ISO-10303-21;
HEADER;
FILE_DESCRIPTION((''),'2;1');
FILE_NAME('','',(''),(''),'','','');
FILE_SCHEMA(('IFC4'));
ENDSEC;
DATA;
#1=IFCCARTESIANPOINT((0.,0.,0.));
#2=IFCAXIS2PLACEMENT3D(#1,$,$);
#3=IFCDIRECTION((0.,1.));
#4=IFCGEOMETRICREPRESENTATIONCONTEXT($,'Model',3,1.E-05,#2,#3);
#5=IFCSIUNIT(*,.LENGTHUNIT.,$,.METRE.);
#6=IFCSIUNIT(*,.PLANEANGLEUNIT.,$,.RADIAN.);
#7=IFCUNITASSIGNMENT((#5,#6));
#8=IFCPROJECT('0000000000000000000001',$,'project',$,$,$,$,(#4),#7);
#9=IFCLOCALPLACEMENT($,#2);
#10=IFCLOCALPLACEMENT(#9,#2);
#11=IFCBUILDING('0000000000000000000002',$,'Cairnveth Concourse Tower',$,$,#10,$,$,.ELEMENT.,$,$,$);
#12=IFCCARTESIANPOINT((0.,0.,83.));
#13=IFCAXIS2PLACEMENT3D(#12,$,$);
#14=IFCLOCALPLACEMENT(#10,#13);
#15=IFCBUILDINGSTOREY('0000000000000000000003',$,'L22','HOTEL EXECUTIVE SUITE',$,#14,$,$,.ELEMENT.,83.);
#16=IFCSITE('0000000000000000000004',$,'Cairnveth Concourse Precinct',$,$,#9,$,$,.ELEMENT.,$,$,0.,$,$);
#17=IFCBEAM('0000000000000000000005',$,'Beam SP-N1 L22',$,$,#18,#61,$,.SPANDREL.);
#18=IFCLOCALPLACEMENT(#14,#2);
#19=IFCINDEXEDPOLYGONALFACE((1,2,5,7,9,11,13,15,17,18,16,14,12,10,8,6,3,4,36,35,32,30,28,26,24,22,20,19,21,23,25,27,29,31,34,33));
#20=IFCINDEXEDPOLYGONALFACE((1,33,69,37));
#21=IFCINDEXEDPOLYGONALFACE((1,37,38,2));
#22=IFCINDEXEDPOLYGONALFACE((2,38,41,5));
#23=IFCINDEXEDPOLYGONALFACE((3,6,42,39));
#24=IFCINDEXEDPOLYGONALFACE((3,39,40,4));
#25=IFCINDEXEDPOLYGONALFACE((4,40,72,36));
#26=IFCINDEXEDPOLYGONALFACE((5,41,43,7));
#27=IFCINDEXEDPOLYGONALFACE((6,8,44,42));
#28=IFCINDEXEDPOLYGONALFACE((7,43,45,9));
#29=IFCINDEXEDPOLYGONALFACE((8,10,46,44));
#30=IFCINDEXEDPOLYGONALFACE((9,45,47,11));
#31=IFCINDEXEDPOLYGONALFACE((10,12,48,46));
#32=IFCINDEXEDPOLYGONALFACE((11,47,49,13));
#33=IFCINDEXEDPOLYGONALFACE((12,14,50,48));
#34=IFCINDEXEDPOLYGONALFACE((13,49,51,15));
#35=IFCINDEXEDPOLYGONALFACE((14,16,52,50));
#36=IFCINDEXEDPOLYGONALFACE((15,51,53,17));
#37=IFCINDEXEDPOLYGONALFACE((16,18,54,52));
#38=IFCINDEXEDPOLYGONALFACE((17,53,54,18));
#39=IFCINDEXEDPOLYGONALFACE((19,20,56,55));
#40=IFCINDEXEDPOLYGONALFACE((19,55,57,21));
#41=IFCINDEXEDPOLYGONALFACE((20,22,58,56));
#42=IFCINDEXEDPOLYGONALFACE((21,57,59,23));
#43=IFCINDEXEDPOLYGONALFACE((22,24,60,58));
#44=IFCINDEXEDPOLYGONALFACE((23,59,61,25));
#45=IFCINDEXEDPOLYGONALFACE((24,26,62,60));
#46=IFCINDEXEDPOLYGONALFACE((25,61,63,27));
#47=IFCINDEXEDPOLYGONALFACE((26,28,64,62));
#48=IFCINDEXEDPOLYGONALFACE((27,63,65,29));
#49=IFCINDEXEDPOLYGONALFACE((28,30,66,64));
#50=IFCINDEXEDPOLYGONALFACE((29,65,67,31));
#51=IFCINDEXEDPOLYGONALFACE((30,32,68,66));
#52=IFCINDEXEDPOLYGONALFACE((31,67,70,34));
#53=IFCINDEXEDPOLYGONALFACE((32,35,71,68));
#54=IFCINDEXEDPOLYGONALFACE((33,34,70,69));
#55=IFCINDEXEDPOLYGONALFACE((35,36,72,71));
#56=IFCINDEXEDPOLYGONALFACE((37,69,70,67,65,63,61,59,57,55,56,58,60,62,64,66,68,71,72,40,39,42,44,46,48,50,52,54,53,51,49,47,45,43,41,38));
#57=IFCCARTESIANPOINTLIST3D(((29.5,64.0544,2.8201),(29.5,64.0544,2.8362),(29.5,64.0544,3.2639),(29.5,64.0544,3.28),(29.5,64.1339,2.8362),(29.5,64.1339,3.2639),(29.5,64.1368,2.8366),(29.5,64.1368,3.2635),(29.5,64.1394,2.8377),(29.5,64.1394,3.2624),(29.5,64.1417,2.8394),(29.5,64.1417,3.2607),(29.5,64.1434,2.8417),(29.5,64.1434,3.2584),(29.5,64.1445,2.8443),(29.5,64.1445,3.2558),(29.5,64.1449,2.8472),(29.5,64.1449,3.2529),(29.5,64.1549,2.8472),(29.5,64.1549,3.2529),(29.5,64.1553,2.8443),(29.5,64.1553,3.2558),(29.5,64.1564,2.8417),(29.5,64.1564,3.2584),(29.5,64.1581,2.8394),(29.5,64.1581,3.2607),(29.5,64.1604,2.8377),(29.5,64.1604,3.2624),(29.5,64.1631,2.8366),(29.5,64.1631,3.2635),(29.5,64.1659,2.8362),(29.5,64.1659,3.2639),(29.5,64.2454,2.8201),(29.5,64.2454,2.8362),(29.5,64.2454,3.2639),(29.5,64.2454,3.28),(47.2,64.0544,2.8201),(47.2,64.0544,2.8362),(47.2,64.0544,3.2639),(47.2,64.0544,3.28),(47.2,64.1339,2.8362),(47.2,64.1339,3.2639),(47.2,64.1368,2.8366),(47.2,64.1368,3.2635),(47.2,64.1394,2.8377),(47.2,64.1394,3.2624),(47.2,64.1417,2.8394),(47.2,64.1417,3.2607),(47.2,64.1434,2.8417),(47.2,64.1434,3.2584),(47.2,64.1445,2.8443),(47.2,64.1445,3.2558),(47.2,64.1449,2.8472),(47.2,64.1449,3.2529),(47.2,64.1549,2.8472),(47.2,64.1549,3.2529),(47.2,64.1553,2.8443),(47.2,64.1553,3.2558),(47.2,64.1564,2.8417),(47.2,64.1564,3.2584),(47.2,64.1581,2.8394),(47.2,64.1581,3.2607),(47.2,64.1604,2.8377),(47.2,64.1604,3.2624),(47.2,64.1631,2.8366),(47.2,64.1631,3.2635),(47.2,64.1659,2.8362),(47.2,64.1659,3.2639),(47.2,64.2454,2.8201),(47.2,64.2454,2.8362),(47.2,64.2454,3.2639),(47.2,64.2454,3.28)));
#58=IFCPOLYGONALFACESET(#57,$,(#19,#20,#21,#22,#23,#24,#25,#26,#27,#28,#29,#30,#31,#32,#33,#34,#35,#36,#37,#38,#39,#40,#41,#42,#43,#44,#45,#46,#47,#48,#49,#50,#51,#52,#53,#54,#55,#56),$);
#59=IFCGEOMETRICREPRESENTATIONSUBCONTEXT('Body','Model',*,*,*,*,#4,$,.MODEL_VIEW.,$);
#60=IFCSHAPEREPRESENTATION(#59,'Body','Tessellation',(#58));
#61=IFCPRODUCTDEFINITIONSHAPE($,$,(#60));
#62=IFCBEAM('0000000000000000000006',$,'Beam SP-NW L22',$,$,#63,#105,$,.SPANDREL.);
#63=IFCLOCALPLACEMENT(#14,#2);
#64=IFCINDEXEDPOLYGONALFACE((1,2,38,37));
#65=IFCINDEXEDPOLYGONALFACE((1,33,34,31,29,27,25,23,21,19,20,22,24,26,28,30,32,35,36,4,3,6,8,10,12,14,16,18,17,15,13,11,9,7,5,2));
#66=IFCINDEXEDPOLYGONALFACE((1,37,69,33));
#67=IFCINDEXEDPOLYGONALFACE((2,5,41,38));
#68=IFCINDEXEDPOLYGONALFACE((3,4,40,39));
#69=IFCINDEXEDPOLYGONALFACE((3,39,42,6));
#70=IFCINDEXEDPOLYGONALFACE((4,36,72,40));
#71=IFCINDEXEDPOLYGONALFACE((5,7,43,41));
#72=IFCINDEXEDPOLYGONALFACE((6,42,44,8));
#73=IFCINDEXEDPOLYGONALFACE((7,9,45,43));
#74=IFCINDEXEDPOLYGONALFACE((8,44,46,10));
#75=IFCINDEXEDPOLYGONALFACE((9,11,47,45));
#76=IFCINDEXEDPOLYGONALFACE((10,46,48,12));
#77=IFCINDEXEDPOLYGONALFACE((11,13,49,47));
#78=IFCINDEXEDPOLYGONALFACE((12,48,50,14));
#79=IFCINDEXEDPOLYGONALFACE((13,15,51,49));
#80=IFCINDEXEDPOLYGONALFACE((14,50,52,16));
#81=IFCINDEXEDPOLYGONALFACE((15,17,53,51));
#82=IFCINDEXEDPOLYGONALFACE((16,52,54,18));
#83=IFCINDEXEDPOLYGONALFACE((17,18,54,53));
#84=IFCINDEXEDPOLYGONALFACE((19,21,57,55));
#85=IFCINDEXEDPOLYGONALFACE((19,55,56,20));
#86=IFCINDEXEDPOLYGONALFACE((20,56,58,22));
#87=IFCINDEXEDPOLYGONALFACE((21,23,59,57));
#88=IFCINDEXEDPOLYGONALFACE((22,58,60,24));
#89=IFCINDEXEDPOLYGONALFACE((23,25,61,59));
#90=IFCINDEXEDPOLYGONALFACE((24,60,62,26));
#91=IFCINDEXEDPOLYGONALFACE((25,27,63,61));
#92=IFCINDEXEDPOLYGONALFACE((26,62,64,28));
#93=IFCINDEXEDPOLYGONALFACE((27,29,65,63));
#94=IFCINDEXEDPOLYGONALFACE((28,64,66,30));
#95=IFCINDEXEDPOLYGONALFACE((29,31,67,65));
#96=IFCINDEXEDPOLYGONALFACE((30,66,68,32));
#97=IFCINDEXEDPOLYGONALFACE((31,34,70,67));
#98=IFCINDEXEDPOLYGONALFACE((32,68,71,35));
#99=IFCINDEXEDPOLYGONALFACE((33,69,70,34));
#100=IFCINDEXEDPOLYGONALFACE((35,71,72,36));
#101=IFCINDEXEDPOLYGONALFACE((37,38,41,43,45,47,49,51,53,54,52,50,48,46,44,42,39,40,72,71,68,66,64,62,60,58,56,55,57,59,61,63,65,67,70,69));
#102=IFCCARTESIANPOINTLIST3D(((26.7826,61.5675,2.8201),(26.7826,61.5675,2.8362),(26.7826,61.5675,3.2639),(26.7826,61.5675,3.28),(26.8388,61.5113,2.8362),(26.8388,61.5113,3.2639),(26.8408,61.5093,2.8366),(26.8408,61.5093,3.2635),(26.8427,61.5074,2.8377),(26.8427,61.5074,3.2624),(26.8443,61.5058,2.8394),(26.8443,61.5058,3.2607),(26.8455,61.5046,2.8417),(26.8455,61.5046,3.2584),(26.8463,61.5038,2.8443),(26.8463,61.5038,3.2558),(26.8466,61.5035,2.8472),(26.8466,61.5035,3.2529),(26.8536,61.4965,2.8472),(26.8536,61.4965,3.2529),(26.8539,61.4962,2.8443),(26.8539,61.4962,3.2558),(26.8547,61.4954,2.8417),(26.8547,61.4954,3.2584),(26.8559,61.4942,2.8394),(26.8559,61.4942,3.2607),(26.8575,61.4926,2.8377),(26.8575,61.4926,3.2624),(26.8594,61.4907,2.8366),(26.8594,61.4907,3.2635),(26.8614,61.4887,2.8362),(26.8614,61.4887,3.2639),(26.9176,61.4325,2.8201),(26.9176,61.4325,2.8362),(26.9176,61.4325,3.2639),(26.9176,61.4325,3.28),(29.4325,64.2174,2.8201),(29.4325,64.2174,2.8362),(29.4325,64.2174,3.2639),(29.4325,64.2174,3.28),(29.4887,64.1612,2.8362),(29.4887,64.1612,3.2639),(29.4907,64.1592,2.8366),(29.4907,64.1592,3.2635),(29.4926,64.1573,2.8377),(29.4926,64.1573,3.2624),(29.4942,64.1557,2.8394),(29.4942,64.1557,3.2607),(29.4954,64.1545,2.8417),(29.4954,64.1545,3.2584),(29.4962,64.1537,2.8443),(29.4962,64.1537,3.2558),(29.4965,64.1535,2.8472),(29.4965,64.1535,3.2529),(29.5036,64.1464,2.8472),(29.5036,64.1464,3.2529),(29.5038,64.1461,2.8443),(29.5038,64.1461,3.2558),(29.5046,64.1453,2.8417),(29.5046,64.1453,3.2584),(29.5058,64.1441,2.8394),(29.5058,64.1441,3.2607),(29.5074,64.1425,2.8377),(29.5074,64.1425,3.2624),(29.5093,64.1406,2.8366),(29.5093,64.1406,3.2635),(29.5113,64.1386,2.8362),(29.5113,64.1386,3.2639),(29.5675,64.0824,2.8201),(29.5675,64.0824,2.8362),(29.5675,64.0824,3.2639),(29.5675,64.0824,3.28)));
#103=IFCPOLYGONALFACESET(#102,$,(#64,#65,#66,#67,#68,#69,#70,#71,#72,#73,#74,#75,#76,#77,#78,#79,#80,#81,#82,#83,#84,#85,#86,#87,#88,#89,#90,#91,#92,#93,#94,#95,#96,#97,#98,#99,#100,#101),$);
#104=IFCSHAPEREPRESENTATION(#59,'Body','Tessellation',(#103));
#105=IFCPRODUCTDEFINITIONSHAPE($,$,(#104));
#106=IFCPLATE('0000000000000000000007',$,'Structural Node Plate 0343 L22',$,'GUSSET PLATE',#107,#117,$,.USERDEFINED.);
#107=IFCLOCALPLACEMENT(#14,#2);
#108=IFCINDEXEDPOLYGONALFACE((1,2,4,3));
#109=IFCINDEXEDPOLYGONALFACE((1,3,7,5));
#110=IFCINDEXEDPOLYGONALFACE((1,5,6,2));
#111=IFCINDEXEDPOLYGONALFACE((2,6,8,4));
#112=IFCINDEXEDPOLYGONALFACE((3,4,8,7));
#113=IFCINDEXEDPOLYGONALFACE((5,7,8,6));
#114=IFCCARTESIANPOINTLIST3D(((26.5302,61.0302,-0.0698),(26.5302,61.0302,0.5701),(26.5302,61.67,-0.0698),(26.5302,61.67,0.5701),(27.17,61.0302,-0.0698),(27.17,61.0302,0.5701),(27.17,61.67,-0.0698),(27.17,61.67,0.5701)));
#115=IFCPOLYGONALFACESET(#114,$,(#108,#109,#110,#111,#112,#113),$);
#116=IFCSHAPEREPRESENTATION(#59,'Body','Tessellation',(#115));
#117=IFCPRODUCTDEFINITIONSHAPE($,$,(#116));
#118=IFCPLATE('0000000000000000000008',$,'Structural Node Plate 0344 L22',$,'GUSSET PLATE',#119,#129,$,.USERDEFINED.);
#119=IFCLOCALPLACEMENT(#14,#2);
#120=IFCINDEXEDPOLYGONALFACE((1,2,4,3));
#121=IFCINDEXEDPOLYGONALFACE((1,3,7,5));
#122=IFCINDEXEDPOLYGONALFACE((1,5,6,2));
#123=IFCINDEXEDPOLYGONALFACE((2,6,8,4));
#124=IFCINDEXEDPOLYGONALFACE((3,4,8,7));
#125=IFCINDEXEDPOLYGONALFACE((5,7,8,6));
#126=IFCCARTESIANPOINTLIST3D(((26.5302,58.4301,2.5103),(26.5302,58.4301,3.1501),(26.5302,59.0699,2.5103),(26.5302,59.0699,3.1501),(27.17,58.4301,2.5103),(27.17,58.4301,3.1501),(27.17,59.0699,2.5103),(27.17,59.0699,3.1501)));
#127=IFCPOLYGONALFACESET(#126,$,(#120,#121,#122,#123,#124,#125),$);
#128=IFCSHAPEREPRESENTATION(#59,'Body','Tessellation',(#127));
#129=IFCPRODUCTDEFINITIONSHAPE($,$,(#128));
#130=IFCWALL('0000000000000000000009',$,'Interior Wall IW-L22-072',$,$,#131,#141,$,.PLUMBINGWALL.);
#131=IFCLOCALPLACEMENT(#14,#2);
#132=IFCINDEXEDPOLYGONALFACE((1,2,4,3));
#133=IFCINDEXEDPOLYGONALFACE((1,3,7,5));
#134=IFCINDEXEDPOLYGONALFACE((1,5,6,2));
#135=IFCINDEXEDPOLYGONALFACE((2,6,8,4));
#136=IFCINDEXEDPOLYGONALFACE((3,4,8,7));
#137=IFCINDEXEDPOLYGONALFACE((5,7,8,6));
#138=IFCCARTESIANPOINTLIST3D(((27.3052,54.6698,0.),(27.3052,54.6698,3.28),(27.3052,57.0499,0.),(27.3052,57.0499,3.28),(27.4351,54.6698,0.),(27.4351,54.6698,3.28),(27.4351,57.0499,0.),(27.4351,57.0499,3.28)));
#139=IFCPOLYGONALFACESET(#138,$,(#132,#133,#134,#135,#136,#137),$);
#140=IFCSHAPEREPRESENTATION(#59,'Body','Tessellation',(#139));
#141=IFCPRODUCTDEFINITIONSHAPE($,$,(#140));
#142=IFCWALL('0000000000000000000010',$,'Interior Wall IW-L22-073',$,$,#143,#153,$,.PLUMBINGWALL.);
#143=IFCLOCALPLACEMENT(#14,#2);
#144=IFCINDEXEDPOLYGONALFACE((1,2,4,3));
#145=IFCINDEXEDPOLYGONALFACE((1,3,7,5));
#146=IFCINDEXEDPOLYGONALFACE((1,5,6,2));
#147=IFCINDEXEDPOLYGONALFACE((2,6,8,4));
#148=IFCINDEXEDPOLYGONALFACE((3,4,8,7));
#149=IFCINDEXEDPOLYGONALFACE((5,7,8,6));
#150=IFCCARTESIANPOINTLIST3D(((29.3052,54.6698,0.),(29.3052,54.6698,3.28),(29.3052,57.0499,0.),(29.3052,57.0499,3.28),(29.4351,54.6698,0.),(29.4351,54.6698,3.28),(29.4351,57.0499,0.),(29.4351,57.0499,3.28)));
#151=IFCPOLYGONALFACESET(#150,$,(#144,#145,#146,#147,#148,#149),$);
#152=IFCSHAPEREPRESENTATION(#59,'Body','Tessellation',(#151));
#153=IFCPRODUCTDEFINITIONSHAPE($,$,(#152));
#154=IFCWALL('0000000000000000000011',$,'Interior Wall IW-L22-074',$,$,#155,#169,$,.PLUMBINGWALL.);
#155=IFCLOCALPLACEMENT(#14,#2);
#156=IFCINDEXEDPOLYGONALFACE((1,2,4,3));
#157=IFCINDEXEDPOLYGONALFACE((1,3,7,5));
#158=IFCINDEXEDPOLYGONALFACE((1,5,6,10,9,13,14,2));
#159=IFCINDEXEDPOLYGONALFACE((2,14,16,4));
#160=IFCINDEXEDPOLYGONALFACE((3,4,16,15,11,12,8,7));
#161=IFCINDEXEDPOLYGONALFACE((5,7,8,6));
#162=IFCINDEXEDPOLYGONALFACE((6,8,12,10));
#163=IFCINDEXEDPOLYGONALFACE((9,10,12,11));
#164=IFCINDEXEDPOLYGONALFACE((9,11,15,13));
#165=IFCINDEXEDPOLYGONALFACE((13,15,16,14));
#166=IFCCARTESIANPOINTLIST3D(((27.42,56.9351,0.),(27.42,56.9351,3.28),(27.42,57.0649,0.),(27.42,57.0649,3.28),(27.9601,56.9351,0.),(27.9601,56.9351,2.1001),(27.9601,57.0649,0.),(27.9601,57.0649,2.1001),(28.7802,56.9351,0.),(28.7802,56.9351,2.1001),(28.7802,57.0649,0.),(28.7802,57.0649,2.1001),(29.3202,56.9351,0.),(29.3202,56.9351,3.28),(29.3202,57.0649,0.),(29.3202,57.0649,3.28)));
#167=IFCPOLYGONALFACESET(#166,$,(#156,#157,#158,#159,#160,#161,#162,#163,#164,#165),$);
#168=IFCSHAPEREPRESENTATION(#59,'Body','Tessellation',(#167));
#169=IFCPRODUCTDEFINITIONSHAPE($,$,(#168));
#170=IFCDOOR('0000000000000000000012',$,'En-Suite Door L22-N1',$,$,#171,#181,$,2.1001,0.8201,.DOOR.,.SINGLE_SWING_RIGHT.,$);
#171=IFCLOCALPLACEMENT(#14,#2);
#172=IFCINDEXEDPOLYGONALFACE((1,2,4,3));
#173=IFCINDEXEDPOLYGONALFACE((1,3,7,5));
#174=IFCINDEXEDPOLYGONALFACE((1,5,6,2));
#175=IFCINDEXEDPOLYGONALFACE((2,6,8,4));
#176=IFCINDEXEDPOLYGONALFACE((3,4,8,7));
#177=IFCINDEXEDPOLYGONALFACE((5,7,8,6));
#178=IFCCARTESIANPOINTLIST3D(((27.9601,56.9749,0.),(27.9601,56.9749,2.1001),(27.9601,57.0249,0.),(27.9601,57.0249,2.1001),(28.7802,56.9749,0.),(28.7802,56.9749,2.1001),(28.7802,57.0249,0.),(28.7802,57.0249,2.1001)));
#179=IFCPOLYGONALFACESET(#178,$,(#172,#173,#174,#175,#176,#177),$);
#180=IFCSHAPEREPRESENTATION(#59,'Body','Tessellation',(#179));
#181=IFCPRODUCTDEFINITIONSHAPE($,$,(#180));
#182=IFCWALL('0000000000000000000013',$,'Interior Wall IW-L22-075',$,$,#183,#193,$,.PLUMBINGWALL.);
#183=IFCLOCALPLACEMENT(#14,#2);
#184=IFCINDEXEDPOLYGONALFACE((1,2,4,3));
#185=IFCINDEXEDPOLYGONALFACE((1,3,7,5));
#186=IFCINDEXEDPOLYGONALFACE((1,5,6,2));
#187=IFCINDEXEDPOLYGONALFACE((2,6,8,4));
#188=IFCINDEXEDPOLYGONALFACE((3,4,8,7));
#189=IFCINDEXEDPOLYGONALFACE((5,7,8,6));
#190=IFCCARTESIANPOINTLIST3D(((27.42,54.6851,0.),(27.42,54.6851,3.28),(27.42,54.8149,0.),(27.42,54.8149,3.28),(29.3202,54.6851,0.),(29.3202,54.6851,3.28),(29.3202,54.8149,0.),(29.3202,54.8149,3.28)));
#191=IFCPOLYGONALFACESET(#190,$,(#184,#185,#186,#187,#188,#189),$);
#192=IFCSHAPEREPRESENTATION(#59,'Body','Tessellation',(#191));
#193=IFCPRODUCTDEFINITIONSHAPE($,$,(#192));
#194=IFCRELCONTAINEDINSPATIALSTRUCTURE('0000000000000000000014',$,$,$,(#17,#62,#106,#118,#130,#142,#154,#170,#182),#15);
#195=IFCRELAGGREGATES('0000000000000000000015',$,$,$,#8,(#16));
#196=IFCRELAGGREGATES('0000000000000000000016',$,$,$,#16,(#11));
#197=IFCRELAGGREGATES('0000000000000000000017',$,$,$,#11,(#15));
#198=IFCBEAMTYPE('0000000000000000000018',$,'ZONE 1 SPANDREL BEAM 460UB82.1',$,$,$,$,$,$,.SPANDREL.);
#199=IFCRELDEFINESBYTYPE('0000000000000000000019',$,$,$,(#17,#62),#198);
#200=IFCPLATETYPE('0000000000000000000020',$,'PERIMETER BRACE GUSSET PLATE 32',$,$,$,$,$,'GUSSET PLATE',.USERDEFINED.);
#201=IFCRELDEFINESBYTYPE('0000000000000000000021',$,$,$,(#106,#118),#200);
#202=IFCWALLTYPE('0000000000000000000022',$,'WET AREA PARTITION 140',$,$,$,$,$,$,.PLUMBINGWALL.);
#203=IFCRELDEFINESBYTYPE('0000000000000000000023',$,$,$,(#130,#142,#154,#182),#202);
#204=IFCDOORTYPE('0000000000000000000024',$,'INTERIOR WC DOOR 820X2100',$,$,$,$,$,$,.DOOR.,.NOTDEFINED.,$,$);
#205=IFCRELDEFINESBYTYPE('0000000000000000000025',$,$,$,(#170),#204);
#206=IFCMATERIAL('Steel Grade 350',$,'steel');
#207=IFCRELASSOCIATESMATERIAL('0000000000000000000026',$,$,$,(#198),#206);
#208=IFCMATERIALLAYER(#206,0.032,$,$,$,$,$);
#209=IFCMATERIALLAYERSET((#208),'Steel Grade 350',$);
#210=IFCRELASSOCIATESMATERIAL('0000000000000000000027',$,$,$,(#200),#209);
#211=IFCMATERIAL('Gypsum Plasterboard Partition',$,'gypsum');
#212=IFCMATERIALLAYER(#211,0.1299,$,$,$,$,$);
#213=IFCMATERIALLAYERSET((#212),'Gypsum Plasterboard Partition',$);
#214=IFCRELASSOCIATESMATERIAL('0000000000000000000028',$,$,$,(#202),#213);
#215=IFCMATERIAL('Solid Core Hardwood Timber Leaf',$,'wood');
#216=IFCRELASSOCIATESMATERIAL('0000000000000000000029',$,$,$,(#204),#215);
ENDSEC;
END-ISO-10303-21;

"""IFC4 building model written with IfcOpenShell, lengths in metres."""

from ifc_helpers import new_model, si_unit, direction, frame, frame_2d, origin, origin_2d, place, context, subcontext, project, spatial, rectangle, i_section, extrude, material, layer, layer_set, material_profile, profile_set, type_object, element, fill, save


model = new_model("IFC4")

# Units and contexts
model_context = context("Model", 3, precision=1e-05, world=origin(), true_north=direction((0.0, 1.0)))
body_context = subcontext(model_context, "Body", "Model", "MODEL_VIEW")
ifc_project = project(units=[si_unit("LENGTHUNIT", "METRE"), si_unit("PLANEANGLEUNIT", "RADIAN")], contexts=[model_context])

# Site, building, storey
site_placement = place(None, origin())
site = spatial("IfcSite", under=ifc_project, at=site_placement, Name="Cairnveth Concourse Precinct", CompositionType="ELEMENT", RefElevation=0.0)
building_placement = place(site_placement, origin())
building = spatial("IfcBuilding", under=site, at=building_placement, Name="Cairnveth Concourse Tower", CompositionType="ELEMENT")
storey_placement = place(building_placement, frame((0.0, 0.0, 83.0)))
storey = spatial("IfcBuildingStorey", under=building, at=storey_placement, Name="L22", Description="HOTEL EXECUTIVE SUITE", CompositionType="ELEMENT", Elevation=83.0)

# Shared definitions
ifc_material_1 = material(Name="Steel Grade 350", Category="steel")

# Beams
ifc_material_profile_1 = material_profile(ifc_material_1, i_section(OverallWidth=0.1909, OverallDepth=0.46, WebThickness=0.01, FlangeThickness=0.0161, FilletRadius=0.011, at=origin_2d()), Name="460UB82.1")
ifc_profile_set_1 = profile_set([ifc_material_profile_1], Name="Steel Grade 350")
beam_type_1 = type_object("IfcBeamType", Name="ZONE 1 SPANDREL BEAM 460UB82.1", PredefinedType="SPANDREL", material=ifc_profile_set_1)
beam_1_placement = place(storey_placement, frame((29.5, 64.1499, 3.05), z_axis=(1.0, 0.0, 0.0), x_axis=(0.0, 1.0, 0.0)))
element("IfcBeam", 1, at=beam_1_placement, inside=storey, type_object=beam_type_1, Name="Beam SP-N1 L22", PredefinedType="SPANDREL", context=body_context, shape_type="SweptSolid", body=[
    extrude(i_section(OverallWidth=0.1909, OverallDepth=0.46, WebThickness=0.01, FlangeThickness=0.0161, FilletRadius=0.011, at=origin_2d()), origin(), (0.0, 0.0, 1.0), 17.7),
])
beam_2_placement = place(storey_placement, frame((26.8501, 61.5, 3.05), z_axis=(0.707107, 0.707107, 0.0), x_axis=(-0.707107, 0.707107, 0.0)))
element("IfcBeam", 2, at=beam_2_placement, inside=storey, type_object=beam_type_1, Name="Beam SP-NW L22", PredefinedType="SPANDREL", context=body_context, shape_type="SweptSolid", body=[
    extrude(i_section(OverallWidth=0.1909, OverallDepth=0.46, WebThickness=0.01, FlangeThickness=0.0161, FilletRadius=0.011, at=origin_2d()), origin(), (0.0, 0.0, 1.0), 3.7476),
])

# Plates
ifc_layer_1 = layer(ifc_material_1, 0.032)
ifc_layer_set_1 = layer_set([ifc_layer_1], Name="Steel Grade 350")
plate_type = type_object("IfcPlateType", Name="PERIMETER BRACE GUSSET PLATE 32", ElementType="GUSSET PLATE", PredefinedType="USERDEFINED", material=ifc_layer_set_1)
for number, where, z_axis, x_axis, name in (
    (3, (26.8501, 61.3501, -0.0698), (0.0, 0.0, 1.0), (1.0, 0.0, 0.0), "Structural Node Plate 0343 L22"),
    (4, (26.8501, 58.75, 2.5103), (0.0, 0.0, 1.0), (1.0, 0.0, 0.0), "Structural Node Plate 0344 L22"),
):
    element("IfcPlate", number, at=place(storey_placement, frame(where, z_axis=z_axis, x_axis=x_axis)), inside=storey, type_object=plate_type, Name=name, ObjectType="GUSSET PLATE", PredefinedType="USERDEFINED", context=body_context, shape_type="SweptSolid", body=[
        extrude(rectangle(XDim=0.6399, YDim=0.6399, at=origin_2d()), origin(), (0.0, 0.0, 1.0), 0.6399),
    ])

# Walls
ifc_material_2 = material(Name="Gypsum Plasterboard Partition", Category="gypsum")
ifc_layer_2 = layer(ifc_material_2, 0.1299)
ifc_layer_set_2 = layer_set([ifc_layer_2], Name="Gypsum Plasterboard Partition")
wall_type_1 = type_object("IfcWallType", Name="WET AREA PARTITION 140", PredefinedType="PLUMBINGWALL", material=ifc_layer_set_2)
for number, where, z_axis, x_axis, name in (
    (5, (27.3701, 54.6699, 0.0), (0.0, 0.0, 1.0), (0.0, 1.0, 0.0), "Interior Wall IW-L22-072"),
    (6, (29.3701, 54.6699, 0.0), (0.0, 0.0, 1.0), (0.0, 1.0, 0.0), "Interior Wall IW-L22-073"),
):
    element("IfcWall", number, at=place(storey_placement, frame(where, z_axis=z_axis, x_axis=x_axis)), inside=storey, type_object=wall_type_1, Name=name, PredefinedType="PLUMBINGWALL", context=body_context, shape_type="SweptSolid", body=[
        extrude(rectangle(XDim=2.3801, YDim=0.1299, at=frame_2d((1.1899, 0.0))), origin(), (0.0, 0.0, 1.0), 3.28),
    ])

# Wall, opening, door
wall_1_placement = place(storey_placement, frame((27.4199, 57.0, 0.0), z_axis=(0.0, 0.0, 1.0), x_axis=(1.0, 0.0, 0.0)))
wall_1 = element("IfcWall", 7, at=wall_1_placement, inside=storey, type_object=wall_type_1, Name="Interior Wall IW-L22-074", PredefinedType="PLUMBINGWALL", context=body_context, shape_type="SweptSolid", body=[
    extrude(rectangle(XDim=1.9001, YDim=0.1299, at=frame_2d((0.9502, 0.0))), origin(), (0.0, 0.0, 1.0), 3.28),
])
opening_placement = place(wall_1_placement, frame((0.54, 0.0, 0.0)))
opening = element("IfcOpeningElement", 8, at=opening_placement, cuts=wall_1, PredefinedType="OPENING", context=body_context, shape_type="SweptSolid", body=[
    extrude(rectangle(XDim=0.8201, YDim=2.1001, at=frame_2d((0.4102, 1.05))), frame((0.0, 0.075, 0.0), z_axis=(0.0, -1.0, 0.0), x_axis=(1.0, 0.0, 0.0)), (0.0, 0.0, 1.0), 0.1499),
])
ifc_material_3 = material(Name="Solid Core Hardwood Timber Leaf", Category="wood")
door_type = type_object("IfcDoorType", Name="INTERIOR WC DOOR 820X2100", OperationType="NOTDEFINED", PredefinedType="DOOR", material=ifc_material_3)
door_placement = place(opening_placement, origin())
door = element("IfcDoor", 9, at=door_placement, inside=storey, type_object=door_type, Name="En-Suite Door L22-N1", OperationType="SINGLE_SWING_RIGHT", OverallHeight=2.1001, OverallWidth=0.8201, PredefinedType="DOOR", context=body_context, shape_type="SweptSolid", body=[
    extrude(rectangle(XDim=0.8201, YDim=2.1001, at=frame_2d((0.4102, 1.05))), frame((0.0, 0.0249, 0.0), z_axis=(0.0, -1.0, 0.0), x_axis=(1.0, 0.0, 0.0)), (0.0, 0.0, 1.0), 0.05),
])
fill(opening, door)

# Wall
wall_2_placement = place(storey_placement, frame((27.4199, 54.75, 0.0), z_axis=(0.0, 0.0, 1.0), x_axis=(1.0, 0.0, 0.0)))
element("IfcWall", 10, at=wall_2_placement, inside=storey, type_object=wall_type_1, Name="Interior Wall IW-L22-075", PredefinedType="PLUMBINGWALL", context=body_context, shape_type="SweptSolid", body=[
    extrude(rectangle(XDim=1.9001, YDim=0.1299, at=frame_2d((0.9502, 0.0))), origin(), (0.0, 0.0, 1.0), 3.28),
])

save(model, "model.ifc")
